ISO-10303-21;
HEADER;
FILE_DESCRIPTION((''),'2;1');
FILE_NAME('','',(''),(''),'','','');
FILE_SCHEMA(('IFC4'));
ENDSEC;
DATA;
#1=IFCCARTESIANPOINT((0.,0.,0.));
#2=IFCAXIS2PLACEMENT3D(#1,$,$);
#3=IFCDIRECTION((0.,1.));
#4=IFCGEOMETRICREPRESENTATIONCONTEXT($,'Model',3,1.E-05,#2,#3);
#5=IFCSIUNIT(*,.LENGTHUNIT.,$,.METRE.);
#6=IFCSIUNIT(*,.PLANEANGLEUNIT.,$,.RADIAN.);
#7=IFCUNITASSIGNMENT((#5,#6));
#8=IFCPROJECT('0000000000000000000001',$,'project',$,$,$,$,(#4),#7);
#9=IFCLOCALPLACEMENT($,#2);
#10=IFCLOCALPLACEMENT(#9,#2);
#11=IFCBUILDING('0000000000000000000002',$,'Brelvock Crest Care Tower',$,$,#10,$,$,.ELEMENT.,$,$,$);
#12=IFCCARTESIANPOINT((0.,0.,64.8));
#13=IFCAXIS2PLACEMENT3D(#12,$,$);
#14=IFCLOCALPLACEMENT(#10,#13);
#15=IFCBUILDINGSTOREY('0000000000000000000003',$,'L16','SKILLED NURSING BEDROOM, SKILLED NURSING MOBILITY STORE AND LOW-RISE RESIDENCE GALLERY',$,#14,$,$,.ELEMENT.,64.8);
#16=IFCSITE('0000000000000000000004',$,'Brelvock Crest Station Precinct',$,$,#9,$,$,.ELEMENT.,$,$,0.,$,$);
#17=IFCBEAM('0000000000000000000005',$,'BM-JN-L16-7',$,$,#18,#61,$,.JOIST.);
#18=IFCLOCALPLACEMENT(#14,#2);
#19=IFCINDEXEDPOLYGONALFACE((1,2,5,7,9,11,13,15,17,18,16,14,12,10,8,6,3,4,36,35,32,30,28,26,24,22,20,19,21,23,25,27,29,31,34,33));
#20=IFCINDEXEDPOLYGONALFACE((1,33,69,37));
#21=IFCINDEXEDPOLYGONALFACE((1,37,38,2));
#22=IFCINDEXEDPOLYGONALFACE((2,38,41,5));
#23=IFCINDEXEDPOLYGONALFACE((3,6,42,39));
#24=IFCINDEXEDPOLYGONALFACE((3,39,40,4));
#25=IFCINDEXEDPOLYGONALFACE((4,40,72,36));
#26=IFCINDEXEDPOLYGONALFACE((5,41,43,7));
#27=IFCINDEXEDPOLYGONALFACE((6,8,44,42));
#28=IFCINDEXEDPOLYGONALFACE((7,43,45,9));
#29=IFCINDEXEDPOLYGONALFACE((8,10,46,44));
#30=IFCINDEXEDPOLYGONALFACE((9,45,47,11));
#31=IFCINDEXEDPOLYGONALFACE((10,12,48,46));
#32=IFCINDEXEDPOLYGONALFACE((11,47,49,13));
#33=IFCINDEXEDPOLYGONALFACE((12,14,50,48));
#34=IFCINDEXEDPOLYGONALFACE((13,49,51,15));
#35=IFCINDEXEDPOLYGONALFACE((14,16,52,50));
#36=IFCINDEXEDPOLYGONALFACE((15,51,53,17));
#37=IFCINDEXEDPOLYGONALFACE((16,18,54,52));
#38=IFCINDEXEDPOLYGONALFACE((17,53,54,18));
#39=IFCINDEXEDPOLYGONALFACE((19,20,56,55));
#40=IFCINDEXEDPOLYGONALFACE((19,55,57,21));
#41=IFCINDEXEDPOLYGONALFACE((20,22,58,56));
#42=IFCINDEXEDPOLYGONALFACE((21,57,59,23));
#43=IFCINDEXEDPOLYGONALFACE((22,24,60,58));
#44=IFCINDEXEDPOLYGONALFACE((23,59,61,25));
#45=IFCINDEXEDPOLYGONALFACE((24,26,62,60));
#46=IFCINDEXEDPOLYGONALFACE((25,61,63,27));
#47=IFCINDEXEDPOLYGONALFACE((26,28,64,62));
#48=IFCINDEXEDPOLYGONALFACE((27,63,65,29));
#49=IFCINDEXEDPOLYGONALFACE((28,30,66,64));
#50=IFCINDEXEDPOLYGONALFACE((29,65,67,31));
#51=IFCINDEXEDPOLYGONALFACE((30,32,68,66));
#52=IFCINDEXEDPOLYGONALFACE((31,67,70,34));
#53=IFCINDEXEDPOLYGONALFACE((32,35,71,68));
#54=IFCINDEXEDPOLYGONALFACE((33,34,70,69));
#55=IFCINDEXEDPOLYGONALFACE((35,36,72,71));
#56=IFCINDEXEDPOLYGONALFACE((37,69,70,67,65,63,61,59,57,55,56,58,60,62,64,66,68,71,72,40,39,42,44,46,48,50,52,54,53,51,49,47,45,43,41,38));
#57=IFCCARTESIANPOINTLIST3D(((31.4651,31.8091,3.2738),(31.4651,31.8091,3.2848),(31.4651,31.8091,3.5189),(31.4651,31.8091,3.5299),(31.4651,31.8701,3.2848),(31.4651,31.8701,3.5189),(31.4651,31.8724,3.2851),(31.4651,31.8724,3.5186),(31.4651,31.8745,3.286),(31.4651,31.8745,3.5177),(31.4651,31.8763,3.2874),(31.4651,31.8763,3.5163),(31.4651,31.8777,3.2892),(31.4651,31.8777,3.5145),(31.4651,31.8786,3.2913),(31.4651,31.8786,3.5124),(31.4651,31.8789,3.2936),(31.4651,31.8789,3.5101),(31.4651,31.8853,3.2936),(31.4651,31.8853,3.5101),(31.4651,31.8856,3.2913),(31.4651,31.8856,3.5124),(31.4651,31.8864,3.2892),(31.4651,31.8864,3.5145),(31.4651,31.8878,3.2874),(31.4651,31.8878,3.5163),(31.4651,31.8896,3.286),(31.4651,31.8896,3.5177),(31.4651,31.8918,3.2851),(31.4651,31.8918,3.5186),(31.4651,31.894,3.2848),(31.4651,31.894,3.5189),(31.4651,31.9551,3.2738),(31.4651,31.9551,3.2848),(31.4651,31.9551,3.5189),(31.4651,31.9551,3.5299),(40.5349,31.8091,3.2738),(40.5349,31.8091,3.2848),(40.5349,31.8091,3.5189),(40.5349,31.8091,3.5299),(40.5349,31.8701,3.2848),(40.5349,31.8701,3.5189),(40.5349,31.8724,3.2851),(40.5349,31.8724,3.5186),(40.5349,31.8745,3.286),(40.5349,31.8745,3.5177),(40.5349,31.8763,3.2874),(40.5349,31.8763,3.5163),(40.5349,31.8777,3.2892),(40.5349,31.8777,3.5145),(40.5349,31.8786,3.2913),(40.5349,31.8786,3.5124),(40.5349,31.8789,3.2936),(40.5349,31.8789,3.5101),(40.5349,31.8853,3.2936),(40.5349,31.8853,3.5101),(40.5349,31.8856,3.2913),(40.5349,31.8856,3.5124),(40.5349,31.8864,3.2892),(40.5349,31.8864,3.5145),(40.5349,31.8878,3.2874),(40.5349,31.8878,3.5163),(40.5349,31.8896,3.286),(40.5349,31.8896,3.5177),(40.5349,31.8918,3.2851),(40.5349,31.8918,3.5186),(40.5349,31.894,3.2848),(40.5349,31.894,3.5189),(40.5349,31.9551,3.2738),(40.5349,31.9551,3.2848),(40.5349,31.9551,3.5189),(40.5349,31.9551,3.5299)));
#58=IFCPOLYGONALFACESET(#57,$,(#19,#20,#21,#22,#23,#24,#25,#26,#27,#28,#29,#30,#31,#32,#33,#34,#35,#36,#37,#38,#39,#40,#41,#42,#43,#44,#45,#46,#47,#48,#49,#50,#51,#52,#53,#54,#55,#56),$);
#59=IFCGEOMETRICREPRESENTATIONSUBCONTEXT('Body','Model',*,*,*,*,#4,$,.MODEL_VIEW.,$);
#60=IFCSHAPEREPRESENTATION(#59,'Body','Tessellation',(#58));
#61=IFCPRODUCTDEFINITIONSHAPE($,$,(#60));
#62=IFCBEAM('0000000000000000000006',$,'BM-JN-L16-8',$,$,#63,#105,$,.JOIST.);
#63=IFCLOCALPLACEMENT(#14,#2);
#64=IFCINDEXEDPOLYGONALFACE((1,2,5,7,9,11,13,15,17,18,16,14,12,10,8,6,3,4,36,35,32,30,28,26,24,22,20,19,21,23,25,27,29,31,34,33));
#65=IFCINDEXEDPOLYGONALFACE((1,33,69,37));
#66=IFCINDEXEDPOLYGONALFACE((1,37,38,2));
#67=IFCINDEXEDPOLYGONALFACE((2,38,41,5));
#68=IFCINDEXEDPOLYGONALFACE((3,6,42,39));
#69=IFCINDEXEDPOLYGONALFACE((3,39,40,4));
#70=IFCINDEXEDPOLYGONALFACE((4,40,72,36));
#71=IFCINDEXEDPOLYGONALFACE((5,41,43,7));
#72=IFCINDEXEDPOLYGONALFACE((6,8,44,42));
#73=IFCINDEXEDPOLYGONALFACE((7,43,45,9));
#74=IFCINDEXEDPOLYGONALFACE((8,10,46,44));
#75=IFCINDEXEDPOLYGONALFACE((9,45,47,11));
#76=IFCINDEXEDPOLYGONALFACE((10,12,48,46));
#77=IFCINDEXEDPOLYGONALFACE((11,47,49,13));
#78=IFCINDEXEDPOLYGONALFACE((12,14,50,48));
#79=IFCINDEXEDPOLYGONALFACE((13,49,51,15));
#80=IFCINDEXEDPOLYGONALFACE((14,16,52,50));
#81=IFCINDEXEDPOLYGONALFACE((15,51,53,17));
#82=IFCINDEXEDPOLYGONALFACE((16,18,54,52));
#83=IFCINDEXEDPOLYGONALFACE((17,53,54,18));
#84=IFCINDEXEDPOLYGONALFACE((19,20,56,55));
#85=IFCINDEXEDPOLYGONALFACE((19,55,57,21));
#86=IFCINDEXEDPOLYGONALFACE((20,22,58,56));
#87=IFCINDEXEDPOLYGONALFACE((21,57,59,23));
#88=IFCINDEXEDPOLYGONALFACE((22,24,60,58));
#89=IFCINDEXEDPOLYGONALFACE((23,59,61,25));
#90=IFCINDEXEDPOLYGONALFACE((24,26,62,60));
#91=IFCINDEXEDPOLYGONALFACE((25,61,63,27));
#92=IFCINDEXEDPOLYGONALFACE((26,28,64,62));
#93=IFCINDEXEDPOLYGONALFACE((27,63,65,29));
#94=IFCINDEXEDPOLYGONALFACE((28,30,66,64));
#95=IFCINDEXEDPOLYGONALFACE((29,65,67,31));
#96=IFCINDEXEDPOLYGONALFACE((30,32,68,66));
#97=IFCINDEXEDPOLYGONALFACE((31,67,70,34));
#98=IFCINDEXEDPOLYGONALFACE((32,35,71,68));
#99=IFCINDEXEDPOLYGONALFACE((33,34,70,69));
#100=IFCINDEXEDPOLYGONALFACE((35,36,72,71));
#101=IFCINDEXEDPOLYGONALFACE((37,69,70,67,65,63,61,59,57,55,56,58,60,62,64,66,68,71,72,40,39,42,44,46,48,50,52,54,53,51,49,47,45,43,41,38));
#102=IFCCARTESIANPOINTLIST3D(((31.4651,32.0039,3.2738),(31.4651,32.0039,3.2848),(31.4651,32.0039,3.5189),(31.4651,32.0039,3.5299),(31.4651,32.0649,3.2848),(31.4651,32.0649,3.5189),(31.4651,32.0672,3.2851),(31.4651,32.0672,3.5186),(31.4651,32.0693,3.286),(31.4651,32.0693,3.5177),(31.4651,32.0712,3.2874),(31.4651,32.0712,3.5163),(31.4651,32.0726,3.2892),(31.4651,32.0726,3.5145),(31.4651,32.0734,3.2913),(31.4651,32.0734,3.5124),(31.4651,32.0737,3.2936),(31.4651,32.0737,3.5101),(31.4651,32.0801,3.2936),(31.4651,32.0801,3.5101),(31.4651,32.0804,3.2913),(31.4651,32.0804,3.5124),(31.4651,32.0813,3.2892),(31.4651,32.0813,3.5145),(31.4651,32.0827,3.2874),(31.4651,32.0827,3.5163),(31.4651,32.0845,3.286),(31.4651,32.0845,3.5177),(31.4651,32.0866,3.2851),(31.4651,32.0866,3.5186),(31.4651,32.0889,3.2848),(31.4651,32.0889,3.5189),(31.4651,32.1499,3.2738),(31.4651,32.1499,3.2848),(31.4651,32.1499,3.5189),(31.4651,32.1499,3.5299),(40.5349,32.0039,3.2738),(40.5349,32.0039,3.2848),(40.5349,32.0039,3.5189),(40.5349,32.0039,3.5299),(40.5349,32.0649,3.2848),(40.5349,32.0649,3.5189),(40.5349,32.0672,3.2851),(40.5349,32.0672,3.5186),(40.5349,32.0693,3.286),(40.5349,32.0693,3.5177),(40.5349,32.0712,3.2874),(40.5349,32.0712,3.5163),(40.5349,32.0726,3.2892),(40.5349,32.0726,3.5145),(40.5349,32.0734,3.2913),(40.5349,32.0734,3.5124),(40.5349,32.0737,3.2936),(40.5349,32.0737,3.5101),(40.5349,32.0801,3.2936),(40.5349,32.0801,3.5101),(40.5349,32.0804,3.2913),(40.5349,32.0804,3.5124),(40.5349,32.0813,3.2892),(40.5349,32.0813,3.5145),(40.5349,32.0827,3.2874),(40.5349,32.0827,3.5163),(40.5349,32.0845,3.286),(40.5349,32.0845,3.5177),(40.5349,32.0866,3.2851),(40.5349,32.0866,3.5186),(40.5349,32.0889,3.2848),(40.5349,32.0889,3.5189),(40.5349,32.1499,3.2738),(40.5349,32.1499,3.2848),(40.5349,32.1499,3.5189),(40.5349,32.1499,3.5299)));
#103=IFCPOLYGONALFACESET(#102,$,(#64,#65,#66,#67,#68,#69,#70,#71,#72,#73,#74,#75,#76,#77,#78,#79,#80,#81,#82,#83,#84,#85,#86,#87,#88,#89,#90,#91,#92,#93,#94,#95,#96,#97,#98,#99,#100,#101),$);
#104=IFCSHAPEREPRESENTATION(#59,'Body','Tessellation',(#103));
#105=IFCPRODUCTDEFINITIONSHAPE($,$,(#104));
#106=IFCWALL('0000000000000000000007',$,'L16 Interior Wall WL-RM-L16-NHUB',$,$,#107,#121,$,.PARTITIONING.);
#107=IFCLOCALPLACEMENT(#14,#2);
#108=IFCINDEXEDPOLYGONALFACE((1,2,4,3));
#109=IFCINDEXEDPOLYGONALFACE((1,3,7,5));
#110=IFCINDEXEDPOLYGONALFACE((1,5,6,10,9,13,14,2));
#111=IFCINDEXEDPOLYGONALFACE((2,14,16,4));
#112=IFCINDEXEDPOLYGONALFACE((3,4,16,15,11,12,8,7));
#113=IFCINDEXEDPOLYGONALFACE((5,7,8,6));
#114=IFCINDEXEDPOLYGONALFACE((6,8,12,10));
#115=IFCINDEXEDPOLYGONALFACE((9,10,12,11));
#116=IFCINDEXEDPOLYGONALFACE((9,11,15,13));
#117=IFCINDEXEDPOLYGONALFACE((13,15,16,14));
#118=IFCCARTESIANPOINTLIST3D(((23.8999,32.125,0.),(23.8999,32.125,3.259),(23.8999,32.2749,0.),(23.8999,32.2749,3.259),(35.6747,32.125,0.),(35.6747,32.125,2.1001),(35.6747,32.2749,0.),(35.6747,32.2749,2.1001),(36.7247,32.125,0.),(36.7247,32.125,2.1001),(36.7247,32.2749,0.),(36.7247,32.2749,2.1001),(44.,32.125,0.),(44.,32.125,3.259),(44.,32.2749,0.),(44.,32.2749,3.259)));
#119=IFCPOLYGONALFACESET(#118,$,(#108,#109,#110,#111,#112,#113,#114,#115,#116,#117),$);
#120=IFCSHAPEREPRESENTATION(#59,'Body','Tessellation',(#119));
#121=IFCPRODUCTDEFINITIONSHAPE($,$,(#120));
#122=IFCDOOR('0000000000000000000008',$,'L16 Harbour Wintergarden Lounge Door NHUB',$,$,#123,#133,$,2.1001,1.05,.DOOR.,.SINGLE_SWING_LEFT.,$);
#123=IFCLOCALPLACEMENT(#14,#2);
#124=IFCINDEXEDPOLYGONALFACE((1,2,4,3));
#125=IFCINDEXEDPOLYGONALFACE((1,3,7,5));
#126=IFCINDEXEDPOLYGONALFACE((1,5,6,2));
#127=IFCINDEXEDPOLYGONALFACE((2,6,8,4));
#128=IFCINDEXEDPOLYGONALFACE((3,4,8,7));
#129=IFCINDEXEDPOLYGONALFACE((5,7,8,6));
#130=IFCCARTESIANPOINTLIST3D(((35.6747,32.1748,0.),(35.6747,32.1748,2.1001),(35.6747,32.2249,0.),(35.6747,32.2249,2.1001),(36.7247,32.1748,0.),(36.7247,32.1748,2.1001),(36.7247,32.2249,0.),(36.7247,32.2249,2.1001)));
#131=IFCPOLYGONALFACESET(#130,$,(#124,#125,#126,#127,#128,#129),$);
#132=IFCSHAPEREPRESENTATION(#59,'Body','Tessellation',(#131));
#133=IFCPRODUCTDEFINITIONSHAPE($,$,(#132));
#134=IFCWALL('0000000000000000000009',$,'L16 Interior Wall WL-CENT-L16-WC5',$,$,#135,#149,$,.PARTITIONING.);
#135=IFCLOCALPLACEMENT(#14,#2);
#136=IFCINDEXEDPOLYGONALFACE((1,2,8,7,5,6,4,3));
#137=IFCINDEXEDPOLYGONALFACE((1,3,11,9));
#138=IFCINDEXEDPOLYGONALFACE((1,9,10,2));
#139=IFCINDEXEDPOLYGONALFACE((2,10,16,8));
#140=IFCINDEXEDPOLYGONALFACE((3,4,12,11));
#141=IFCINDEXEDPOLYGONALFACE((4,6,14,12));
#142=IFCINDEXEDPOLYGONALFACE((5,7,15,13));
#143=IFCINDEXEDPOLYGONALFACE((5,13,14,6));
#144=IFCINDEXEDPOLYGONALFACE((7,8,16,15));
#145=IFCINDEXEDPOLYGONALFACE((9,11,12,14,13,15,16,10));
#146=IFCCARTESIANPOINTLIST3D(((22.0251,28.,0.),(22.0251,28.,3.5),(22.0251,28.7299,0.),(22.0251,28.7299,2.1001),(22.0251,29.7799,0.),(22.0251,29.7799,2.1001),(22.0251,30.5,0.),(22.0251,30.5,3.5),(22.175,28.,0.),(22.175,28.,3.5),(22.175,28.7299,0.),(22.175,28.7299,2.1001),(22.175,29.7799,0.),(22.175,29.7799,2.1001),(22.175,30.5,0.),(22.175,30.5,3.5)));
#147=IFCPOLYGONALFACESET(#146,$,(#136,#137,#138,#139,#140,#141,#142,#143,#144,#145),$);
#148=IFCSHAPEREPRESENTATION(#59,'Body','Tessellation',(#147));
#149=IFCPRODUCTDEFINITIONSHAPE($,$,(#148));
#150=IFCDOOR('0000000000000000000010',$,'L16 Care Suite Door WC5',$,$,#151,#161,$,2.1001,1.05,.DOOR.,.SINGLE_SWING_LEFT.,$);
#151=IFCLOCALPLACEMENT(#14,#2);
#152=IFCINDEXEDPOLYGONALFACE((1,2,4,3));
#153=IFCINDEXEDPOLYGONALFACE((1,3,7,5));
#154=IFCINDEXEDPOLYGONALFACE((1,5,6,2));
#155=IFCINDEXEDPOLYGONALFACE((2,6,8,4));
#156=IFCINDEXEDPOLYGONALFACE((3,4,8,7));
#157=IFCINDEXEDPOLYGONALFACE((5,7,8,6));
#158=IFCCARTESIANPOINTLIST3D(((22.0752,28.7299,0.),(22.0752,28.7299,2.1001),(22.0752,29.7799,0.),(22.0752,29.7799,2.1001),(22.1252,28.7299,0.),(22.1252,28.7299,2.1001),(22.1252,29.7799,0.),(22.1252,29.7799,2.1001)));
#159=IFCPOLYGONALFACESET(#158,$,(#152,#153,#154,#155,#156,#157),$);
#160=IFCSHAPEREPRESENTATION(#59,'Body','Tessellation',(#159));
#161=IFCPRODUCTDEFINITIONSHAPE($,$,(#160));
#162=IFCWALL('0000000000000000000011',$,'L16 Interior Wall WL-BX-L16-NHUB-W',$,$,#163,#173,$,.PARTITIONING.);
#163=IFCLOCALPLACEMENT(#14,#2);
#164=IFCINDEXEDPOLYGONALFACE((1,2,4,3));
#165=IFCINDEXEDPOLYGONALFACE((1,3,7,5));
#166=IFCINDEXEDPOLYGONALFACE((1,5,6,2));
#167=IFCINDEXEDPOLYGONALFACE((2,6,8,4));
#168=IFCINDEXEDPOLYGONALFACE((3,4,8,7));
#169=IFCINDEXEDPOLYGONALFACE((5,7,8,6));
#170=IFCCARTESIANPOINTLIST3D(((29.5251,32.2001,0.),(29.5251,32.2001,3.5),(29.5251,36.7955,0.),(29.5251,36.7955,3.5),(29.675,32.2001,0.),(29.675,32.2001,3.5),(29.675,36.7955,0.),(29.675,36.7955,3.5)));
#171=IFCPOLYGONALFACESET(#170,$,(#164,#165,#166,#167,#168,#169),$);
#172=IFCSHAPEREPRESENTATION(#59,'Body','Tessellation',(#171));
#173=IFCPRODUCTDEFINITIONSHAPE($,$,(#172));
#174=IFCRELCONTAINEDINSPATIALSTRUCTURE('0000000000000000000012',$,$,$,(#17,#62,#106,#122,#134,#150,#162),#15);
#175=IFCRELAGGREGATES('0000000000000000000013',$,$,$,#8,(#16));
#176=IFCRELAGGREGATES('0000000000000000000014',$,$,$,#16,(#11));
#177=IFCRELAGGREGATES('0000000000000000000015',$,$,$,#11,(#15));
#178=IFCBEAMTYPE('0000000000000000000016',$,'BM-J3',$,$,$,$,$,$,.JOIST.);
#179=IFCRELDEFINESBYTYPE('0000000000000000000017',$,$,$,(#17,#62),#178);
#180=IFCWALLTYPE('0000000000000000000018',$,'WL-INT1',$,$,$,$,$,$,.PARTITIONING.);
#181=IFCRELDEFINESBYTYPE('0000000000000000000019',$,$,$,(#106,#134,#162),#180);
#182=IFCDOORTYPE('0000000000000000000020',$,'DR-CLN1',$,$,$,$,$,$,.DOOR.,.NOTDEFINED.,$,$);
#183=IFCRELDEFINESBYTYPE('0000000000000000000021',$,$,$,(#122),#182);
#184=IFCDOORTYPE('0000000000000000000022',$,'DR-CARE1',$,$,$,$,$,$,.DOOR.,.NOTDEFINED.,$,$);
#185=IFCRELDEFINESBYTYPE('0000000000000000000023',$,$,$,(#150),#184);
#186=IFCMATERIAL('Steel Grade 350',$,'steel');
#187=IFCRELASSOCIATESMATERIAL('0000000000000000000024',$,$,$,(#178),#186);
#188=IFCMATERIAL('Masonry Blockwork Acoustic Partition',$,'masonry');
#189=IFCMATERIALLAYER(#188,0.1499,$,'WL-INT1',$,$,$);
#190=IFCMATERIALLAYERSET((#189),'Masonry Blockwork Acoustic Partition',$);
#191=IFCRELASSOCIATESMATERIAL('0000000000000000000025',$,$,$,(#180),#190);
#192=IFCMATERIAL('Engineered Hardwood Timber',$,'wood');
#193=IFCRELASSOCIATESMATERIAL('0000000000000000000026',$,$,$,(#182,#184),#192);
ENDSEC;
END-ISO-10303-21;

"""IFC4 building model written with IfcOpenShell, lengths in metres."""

from ifc_helpers import new_model, si_unit, direction, frame, frame_2d, origin, origin_2d, place, context, subcontext, project, spatial, rectangle, i_section, extrude, source, transform, mapped, material, layer, layer_set, material_profile, profile_set, type_object, element, fill, save


model = new_model("IFC4")

# Units and contexts
model_context = context("Model", 3, precision=1e-05, world=origin(), true_north=direction((0.0, 1.0)))
body_context = subcontext(model_context, "Body", "Model", "MODEL_VIEW")
ifc_project = project(units=[si_unit("LENGTHUNIT", "METRE"), si_unit("PLANEANGLEUNIT", "RADIAN")], contexts=[model_context])

# Site, building, storey
site_placement = place(None, origin())
site = spatial("IfcSite", under=ifc_project, at=site_placement, Name="Brelvock Crest Station Precinct", CompositionType="ELEMENT", RefElevation=0.0)
building_placement = place(site_placement, origin())
building = spatial("IfcBuilding", under=site, at=building_placement, Name="Brelvock Crest Care Tower", CompositionType="ELEMENT")
storey_placement = place(building_placement, frame((0.0, 0.0, 64.8)))
storey = spatial("IfcBuildingStorey", under=building, at=storey_placement, Name="L16", Description="SKILLED NURSING BEDROOM, SKILLED NURSING MOBILITY STORE AND LOW-RISE RESIDENCE GALLERY", CompositionType="ELEMENT", Elevation=64.8)

# Beams
ifc_material_1 = material(Name="Steel Grade 350", Category="steel")
ifc_material_profile = material_profile(ifc_material_1, i_section(OverallWidth=0.146, OverallDepth=0.2561, WebThickness=0.0063, FlangeThickness=0.011, FilletRadius=0.0088, at=origin_2d()), Name="250UB37.3")
ifc_profile_set = profile_set([ifc_material_profile], Name="Steel Grade 350")
beam_type = type_object("IfcBeamType", Name="BM-J3", PredefinedType="JOIST", material=ifc_profile_set)
shared_shape_1 = source(origin(), body_context, "Body", "SweptSolid", [
    extrude(i_section(OverallWidth=0.146, OverallDepth=0.2561, WebThickness=0.0063, FlangeThickness=0.011, FilletRadius=0.0088, at=origin_2d()), origin(), (0.0, 0.0, 1.0), 9.0698),
])
for number, where, z_axis, x_axis, name in (
    (1, (31.4651, 31.8821, 3.4019), (1.0, 0.0, 0.0), (0.0, 1.0, 0.0), "BM-JN-L16-7"),
    (2, (31.4651, 32.0769, 3.4019), (1.0, 0.0, 0.0), (0.0, 1.0, 0.0), "BM-JN-L16-8"),
):
    element("IfcBeam", number, at=place(storey_placement, frame(where, z_axis=z_axis, x_axis=x_axis)), inside=storey, type_object=beam_type, Name=name, PredefinedType="JOIST", context=body_context, shape_type="MappedRepresentation", body=[
        mapped(shared_shape_1, transform((0.0, 0.0, 0.0), x_axis=(1.0, 0.0, 0.0), y_axis=(0.0, 1.0, 0.0), z_axis=(0.0, 0.0, 1.0), scale=1.0)),
    ])

# Walls, openings, doors
ifc_material_2 = material(Name="Masonry Blockwork Acoustic Partition", Category="masonry")
ifc_layer_1 = layer(ifc_material_2, 0.1499, Name="WL-INT1")
ifc_layer_set_1 = layer_set([ifc_layer_1], Name="Masonry Blockwork Acoustic Partition")
wall_type_1 = type_object("IfcWallType", Name="WL-INT1", PredefinedType="PARTITIONING", material=ifc_layer_set_1)
wall_1_placement = place(storey_placement, frame((23.8999, 32.2, 0.0), z_axis=(0.0, 0.0, 1.0), x_axis=(1.0, 0.0, 0.0)))
wall_1 = element("IfcWall", 3, at=wall_1_placement, inside=storey, type_object=wall_type_1, Name="L16 Interior Wall WL-RM-L16-NHUB", PredefinedType="PARTITIONING", context=body_context, shape_type="SweptSolid", body=[
    extrude(rectangle(XDim=20.1001, YDim=0.1499, at=frame_2d((10.05, 0.0))), origin(), (0.0, 0.0, 1.0), 3.259),
])
opening_1_placement = place(wall_1_placement, frame((11.7749, 0.0, 0.0)))
opening_1 = element("IfcOpeningElement", 4, at=opening_1_placement, cuts=wall_1, PredefinedType="OPENING", context=body_context, shape_type="SweptSolid", body=[
    extrude(rectangle(XDim=1.05, YDim=2.1001, at=origin_2d()), frame((0.5249, 0.085, 1.05), z_axis=(0.0, -1.0, 0.0), x_axis=(1.0, 0.0, 0.0)), (0.0, 0.0, 1.0), 0.1699),
])
ifc_material_3 = material(Name="Engineered Hardwood Timber", Category="wood")
door_type_1 = type_object("IfcDoorType", Name="DR-CLN1", OperationType="NOTDEFINED", PredefinedType="DOOR", material=ifc_material_3)
shared_shape_2 = source(origin(), body_context, "Body", "SweptSolid", [
    extrude(rectangle(XDim=1.05, YDim=2.1001, at=origin_2d()), frame((0.5249, 0.0249, 1.05), z_axis=(0.0, -1.0, 0.0), x_axis=(1.0, 0.0, 0.0)), (0.0, 0.0, 1.0), 0.05),
])
door_1_placement = place(opening_1_placement, origin())
door_1 = element("IfcDoor", 5, at=door_1_placement, inside=storey, type_object=door_type_1, Name="L16 Harbour Wintergarden Lounge Door NHUB", OperationType="SINGLE_SWING_LEFT", OverallHeight=2.1001, OverallWidth=1.05, PredefinedType="DOOR", context=body_context, shape_type="MappedRepresentation", body=[
    mapped(shared_shape_2, transform((0.0, 0.0, 0.0), x_axis=(1.0, 0.0, 0.0), y_axis=(0.0, 1.0, 0.0), z_axis=(0.0, 0.0, 1.0), scale=1.0)),
])
fill(opening_1, door_1)
wall_2_placement = place(storey_placement, frame((22.1001, 28.0, 0.0), z_axis=(0.0, 0.0, 1.0), x_axis=(0.0, 1.0, 0.0)))
wall_2 = element("IfcWall", 6, at=wall_2_placement, inside=storey, type_object=wall_type_1, Name="L16 Interior Wall WL-CENT-L16-WC5", PredefinedType="PARTITIONING", context=body_context, shape_type="SweptSolid", body=[
    extrude(rectangle(XDim=2.5, YDim=0.1499, at=frame_2d((1.25, 0.0))), origin(), (0.0, 0.0, 1.0), 3.5),
])
opening_2_placement = place(wall_2_placement, frame((0.73, 0.0, 0.0)))
opening_2 = element("IfcOpeningElement", 7, at=opening_2_placement, cuts=wall_2, PredefinedType="OPENING", context=body_context, shape_type="SweptSolid", body=[
    extrude(rectangle(XDim=1.05, YDim=2.1001, at=origin_2d()), frame((0.5249, 0.085, 1.05), z_axis=(0.0, -1.0, 0.0), x_axis=(1.0, 0.0, 0.0)), (0.0, 0.0, 1.0), 0.1699),
])
door_type_2 = type_object("IfcDoorType", Name="DR-CARE1", OperationType="NOTDEFINED", PredefinedType="DOOR", material=ifc_material_3)
shared_shape_3 = source(origin(), body_context, "Body", "SweptSolid", [
    extrude(rectangle(XDim=1.05, YDim=2.1001, at=origin_2d()), frame((0.5249, 0.0249, 1.05), z_axis=(0.0, -1.0, 0.0), x_axis=(1.0, 0.0, 0.0)), (0.0, 0.0, 1.0), 0.05),
])
door_2_placement = place(opening_2_placement, origin())
door_2 = element("IfcDoor", 8, at=door_2_placement, inside=storey, type_object=door_type_2, Name="L16 Care Suite Door WC5", OperationType="SINGLE_SWING_LEFT", OverallHeight=2.1001, OverallWidth=1.05, PredefinedType="DOOR", context=body_context, shape_type="MappedRepresentation", body=[
    mapped(shared_shape_3, transform((0.0, 0.0, 0.0), x_axis=(1.0, 0.0, 0.0), y_axis=(0.0, 1.0, 0.0), z_axis=(0.0, 0.0, 1.0), scale=1.0)),
])
fill(opening_2, door_2)

# Wall
wall_3_placement = place(storey_placement, frame((29.6001, 32.2, 0.0), z_axis=(0.0, 0.0, 1.0), x_axis=(0.0, 1.0, 0.0)))
element("IfcWall", 9, at=wall_3_placement, inside=storey, type_object=wall_type_1, Name="L16 Interior Wall WL-BX-L16-NHUB-W", PredefinedType="PARTITIONING", context=body_context, shape_type="SweptSolid", body=[
    extrude(rectangle(XDim=4.5955, YDim=0.1499, at=frame_2d((2.2979, 0.0))), origin(), (0.0, 0.0, 1.0), 3.5),
])

save(model, "model.ifc")
